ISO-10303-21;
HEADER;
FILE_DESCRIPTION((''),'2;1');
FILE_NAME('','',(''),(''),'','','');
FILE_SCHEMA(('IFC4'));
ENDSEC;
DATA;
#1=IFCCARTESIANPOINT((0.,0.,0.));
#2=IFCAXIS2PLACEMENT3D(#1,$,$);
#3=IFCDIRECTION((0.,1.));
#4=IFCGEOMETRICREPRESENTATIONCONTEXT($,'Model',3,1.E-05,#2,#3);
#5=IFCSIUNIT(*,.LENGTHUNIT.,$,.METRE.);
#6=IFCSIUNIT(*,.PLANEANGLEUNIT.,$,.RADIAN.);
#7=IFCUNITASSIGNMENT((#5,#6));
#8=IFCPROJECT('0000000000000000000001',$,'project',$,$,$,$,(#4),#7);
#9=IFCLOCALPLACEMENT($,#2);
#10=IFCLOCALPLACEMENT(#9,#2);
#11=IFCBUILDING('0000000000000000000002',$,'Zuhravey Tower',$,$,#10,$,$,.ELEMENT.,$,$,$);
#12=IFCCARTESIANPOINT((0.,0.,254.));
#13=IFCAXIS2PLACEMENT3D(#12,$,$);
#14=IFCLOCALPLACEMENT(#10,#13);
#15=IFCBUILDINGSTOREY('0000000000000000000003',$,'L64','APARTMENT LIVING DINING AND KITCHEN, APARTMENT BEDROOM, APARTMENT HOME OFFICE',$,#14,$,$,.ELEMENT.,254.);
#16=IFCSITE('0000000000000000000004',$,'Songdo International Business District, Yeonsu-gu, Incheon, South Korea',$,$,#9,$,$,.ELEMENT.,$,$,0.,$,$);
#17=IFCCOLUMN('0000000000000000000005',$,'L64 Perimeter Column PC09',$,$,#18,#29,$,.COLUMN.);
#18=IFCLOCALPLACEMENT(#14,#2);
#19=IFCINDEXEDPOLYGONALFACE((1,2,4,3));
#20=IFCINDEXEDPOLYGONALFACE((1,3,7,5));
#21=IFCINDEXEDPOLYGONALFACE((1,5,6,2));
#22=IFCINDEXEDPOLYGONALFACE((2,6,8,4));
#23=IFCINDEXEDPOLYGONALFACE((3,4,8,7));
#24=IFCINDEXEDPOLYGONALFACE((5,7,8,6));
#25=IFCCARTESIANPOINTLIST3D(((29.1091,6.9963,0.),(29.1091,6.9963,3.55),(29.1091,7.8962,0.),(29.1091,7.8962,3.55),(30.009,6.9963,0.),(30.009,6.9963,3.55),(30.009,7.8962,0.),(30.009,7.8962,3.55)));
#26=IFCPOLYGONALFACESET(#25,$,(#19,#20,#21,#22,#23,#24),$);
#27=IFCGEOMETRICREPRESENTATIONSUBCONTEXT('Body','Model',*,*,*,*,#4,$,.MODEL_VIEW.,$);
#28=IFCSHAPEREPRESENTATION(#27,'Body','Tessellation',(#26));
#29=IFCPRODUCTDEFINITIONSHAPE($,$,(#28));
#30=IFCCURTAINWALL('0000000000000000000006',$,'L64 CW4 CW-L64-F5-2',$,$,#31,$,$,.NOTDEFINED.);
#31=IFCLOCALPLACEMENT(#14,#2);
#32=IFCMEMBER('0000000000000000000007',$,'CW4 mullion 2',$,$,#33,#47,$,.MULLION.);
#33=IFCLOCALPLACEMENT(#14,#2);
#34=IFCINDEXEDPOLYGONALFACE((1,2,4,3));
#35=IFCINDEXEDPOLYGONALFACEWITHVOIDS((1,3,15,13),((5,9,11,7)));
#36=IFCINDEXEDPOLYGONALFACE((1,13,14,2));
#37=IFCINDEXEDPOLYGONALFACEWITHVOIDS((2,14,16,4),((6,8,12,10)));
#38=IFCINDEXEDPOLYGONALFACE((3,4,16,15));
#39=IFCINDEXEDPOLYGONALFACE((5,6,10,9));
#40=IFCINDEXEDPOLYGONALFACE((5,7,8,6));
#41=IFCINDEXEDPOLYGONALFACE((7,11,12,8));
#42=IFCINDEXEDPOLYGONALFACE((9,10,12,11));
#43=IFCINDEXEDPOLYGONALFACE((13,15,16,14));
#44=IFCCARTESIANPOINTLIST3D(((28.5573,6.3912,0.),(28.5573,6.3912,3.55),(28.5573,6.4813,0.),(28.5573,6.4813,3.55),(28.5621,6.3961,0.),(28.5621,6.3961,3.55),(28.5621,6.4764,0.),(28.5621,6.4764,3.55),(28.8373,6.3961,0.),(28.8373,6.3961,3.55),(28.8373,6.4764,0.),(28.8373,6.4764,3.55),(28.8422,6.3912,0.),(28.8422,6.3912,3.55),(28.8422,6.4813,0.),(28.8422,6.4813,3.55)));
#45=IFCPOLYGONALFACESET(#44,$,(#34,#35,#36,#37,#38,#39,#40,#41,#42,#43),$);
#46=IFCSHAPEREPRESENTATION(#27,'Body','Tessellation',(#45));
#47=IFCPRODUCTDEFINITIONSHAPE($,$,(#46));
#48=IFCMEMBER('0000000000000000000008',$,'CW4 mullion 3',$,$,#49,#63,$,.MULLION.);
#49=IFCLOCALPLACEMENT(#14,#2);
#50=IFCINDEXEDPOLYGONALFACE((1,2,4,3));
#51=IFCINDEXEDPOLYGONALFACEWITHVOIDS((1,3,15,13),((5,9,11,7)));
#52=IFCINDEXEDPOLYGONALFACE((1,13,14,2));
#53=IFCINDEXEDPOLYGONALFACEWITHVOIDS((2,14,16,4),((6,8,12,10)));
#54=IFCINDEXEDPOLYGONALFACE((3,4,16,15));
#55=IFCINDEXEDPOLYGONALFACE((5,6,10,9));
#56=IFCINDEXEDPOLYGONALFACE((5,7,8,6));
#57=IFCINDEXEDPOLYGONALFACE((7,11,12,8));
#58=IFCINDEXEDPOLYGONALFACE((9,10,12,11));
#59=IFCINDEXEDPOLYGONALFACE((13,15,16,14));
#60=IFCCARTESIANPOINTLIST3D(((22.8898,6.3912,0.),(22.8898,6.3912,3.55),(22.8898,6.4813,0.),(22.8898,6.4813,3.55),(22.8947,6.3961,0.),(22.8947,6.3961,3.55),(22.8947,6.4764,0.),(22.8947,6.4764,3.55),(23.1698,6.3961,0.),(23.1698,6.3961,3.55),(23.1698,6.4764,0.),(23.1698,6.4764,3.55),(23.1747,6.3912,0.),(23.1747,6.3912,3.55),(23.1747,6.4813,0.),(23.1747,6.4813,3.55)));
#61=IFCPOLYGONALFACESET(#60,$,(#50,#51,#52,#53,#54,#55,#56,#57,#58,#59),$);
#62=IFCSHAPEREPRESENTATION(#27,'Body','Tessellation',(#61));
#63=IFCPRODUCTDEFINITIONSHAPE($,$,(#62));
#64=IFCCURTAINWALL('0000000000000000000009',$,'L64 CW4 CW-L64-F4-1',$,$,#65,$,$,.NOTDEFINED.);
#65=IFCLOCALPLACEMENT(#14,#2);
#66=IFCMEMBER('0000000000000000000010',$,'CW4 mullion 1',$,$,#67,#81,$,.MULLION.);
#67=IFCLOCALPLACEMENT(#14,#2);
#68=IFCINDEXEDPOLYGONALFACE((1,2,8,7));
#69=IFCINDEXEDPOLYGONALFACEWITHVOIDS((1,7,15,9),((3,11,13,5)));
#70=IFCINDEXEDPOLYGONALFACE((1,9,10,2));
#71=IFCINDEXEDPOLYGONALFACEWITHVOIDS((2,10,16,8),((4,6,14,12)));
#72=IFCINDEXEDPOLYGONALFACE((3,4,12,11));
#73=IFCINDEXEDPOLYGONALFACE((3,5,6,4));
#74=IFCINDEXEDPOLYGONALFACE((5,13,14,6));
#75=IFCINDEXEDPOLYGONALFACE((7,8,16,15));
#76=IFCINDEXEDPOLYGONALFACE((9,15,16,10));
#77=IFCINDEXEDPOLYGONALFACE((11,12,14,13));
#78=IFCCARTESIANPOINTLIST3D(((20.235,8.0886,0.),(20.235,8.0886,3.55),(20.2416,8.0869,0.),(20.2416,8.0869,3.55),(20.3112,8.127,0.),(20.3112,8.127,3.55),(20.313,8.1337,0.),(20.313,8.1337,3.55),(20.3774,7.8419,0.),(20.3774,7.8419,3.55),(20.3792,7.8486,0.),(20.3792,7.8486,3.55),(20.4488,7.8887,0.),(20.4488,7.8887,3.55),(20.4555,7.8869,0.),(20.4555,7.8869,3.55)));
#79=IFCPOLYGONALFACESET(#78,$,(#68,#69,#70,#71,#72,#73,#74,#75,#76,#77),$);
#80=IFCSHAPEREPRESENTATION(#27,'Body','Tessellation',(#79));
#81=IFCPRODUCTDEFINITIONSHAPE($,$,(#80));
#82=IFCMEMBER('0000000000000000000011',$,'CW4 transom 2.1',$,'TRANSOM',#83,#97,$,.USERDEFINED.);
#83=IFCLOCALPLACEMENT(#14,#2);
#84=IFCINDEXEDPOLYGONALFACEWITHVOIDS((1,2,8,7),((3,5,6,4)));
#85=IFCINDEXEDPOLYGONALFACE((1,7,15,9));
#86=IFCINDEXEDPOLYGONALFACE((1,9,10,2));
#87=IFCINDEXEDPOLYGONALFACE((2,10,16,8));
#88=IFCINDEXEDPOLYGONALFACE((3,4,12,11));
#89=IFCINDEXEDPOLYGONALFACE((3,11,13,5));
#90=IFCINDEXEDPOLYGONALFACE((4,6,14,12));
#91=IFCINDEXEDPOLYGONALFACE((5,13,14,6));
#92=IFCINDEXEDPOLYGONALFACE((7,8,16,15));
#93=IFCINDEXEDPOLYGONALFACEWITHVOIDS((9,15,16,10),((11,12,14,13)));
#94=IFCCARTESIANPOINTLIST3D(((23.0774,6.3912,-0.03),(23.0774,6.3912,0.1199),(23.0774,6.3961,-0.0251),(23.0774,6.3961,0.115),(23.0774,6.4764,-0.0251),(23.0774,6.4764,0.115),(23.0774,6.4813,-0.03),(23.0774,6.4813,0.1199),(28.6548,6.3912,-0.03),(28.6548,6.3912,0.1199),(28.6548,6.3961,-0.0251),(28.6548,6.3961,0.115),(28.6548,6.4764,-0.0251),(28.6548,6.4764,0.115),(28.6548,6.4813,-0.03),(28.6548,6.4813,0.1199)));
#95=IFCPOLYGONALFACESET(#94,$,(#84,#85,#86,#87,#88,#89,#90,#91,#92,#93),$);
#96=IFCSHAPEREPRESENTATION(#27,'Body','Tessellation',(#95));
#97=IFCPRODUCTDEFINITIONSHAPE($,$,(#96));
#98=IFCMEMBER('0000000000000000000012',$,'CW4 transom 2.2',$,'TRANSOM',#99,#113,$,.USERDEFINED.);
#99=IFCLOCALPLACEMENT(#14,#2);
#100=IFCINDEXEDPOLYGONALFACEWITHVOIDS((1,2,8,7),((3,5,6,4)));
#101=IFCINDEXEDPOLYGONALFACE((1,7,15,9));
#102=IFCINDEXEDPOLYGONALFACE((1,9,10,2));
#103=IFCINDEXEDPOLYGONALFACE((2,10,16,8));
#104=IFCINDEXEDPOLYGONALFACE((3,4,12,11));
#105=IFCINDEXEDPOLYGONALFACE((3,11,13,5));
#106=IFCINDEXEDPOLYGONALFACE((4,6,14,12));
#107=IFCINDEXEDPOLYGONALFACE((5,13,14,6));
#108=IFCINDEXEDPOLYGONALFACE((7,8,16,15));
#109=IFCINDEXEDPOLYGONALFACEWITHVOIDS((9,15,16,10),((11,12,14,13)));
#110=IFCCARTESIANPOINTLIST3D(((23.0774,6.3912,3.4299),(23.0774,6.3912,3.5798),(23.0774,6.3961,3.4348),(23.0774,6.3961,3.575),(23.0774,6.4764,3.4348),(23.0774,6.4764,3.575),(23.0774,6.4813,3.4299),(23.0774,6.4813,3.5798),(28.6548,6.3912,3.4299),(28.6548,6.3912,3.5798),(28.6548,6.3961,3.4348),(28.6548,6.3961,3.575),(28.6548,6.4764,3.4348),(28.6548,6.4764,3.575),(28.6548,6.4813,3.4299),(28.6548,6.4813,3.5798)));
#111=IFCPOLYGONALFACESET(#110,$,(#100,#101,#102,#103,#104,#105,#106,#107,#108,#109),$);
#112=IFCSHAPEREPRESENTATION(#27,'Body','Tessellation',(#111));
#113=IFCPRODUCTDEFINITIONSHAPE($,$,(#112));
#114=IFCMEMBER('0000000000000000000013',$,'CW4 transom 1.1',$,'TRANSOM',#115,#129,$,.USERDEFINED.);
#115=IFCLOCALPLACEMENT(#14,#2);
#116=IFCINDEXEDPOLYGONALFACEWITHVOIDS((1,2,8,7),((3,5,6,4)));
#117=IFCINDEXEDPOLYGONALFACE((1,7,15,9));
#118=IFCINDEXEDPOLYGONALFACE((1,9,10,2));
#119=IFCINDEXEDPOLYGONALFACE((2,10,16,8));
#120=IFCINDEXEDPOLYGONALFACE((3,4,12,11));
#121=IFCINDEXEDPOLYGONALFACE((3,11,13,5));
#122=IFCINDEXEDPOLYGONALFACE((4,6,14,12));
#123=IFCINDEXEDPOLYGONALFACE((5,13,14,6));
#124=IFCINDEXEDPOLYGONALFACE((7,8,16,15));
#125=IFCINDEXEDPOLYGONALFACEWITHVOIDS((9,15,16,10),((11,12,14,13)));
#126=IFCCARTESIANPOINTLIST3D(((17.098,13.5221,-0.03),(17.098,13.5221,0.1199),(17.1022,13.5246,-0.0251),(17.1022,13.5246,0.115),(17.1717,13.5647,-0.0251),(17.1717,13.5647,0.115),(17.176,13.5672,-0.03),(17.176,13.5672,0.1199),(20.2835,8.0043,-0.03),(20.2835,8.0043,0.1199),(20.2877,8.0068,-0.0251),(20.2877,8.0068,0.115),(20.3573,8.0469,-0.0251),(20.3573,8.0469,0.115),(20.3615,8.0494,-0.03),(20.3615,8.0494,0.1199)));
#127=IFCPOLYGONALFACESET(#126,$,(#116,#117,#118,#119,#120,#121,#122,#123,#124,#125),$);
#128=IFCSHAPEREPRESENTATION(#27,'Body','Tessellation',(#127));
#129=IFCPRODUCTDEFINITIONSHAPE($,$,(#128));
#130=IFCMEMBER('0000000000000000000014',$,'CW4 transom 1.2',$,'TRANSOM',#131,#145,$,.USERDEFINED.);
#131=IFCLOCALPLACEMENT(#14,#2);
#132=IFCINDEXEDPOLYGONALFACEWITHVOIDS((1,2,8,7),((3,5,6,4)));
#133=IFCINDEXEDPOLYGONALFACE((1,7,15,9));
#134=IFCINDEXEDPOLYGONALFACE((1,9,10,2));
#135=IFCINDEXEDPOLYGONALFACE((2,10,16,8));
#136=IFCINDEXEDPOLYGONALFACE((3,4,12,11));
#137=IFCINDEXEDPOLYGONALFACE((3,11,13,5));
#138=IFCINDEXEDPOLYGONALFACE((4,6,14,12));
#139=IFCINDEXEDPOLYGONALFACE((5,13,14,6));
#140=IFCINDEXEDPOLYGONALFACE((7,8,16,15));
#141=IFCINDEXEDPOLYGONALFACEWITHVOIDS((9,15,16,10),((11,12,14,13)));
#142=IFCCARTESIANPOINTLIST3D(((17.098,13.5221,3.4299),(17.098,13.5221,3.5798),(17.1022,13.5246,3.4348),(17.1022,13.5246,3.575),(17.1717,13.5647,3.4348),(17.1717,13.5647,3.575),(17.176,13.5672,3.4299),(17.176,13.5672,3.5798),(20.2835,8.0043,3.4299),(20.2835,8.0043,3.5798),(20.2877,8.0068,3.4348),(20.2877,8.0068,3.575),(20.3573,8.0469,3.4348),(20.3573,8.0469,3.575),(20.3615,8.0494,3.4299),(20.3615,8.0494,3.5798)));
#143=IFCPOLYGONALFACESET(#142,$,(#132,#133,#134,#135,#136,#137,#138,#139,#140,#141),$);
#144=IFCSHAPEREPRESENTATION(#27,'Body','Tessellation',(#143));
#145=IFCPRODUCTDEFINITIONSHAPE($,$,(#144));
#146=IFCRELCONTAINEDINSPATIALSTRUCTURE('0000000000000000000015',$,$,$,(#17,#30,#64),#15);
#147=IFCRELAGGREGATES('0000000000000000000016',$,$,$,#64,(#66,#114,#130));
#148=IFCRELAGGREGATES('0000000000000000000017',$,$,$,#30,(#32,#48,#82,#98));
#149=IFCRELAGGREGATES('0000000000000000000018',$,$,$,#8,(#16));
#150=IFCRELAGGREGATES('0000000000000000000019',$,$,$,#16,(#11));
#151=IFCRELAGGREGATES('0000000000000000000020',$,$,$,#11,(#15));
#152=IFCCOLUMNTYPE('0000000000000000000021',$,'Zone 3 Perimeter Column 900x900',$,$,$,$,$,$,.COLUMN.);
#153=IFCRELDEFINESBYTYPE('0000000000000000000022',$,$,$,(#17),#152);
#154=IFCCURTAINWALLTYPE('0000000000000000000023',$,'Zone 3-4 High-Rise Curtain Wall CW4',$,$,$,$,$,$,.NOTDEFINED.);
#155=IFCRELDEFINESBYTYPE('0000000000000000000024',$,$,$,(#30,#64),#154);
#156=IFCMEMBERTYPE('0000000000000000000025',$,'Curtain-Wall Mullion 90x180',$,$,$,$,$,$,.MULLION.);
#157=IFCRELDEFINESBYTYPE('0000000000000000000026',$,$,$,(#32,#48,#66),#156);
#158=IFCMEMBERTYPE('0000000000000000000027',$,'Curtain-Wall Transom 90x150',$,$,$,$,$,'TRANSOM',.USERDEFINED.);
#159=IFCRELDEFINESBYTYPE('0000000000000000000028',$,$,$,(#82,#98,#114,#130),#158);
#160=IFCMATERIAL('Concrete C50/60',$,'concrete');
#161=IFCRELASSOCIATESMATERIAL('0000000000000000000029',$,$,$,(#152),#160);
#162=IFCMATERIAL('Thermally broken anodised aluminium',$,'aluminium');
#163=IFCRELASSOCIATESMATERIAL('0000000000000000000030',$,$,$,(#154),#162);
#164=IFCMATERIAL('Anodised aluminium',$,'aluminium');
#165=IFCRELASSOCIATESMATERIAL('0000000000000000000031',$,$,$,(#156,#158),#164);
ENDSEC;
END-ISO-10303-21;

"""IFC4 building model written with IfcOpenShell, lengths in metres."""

from ifc_helpers import new_model, si_unit, direction, frame, origin, origin_2d, place, context, subcontext, project, spatial, rectangle, hollow_rectangle, extrude, material, material_profile, profile_set, type_object, element, aggregate, save


model = new_model("IFC4")

# Units and contexts
model_context = context("Model", 3, precision=1e-05, world=origin(), true_north=direction((0.0, 1.0)))
body_context = subcontext(model_context, "Body", "Model", "MODEL_VIEW")
ifc_project = project(units=[si_unit("LENGTHUNIT", "METRE"), si_unit("PLANEANGLEUNIT", "RADIAN")], contexts=[model_context])

# Site, building, storey
site_placement = place(None, origin())
site = spatial("IfcSite", under=ifc_project, at=site_placement, Name="Songdo International Business District, Yeonsu-gu, Incheon, South Korea", CompositionType="ELEMENT", RefElevation=0.0)
building_placement = place(site_placement, origin())
building = spatial("IfcBuilding", under=site, at=building_placement, Name="Zuhravey Tower", CompositionType="ELEMENT")
storey_placement = place(building_placement, frame((0.0, 0.0, 254.0)))
storey = spatial("IfcBuildingStorey", under=building, at=storey_placement, Name="L64", Description="APARTMENT LIVING DINING AND KITCHEN, APARTMENT BEDROOM, APARTMENT HOME OFFICE", CompositionType="ELEMENT", Elevation=254.0)

# Column
ifc_material_1 = material(Name="Concrete C50/60", Category="concrete")
ifc_material_profile_1 = material_profile(ifc_material_1, rectangle(XDim=0.8999, YDim=0.8999, at=origin_2d()), Name="RC-900x900")
ifc_profile_set_1 = profile_set([ifc_material_profile_1], Name="Concrete C50/60")
column_type = type_object("IfcColumnType", Name="Zone 3 Perimeter Column 900x900", PredefinedType="COLUMN", material=ifc_profile_set_1)
column_placement = place(storey_placement, frame((29.5591, 7.4463, 0.0), z_axis=(0.0, 0.0, 1.0), x_axis=(1.0, 0.0, 0.0)))
element("IfcColumn", 1, at=column_placement, inside=storey, type_object=column_type, Name="L64 Perimeter Column PC09", PredefinedType="COLUMN", context=body_context, shape_type="SweptSolid", body=[
    extrude(rectangle(XDim=0.8999, YDim=0.8999, at=origin_2d()), origin(), (0.0, 0.0, 1.0), 3.55),
])

# Curtain wall, members
ifc_material_2 = material(Name="Thermally broken anodised aluminium", Category="aluminium")
curtain_wall_type = type_object("IfcCurtainWallType", Name="Zone 3-4 High-Rise Curtain Wall CW4", PredefinedType="NOTDEFINED", material=ifc_material_2)
curtain_wall_1_placement = place(storey_placement, origin())
curtain_wall_1 = element("IfcCurtainWall", 2, at=curtain_wall_1_placement, inside=storey, type_object=curtain_wall_type, Name="L64 CW4 CW-L64-F5-2", PredefinedType="NOTDEFINED")
ifc_material_3 = material(Name="Anodised aluminium", Category="aluminium")
ifc_material_profile_2 = material_profile(ifc_material_3, hollow_rectangle(XDim=0.0901, YDim=0.2849, WallThickness=0.0049, at=origin_2d()), Name="ALU-RHS-90x285x5")
ifc_profile_set_2 = profile_set([ifc_material_profile_2], Name="Anodised aluminium")
member_type_1 = type_object("IfcMemberType", Name="Curtain-Wall Mullion 90x180", PredefinedType="MULLION", material=ifc_profile_set_2)
member_1_placement = place(storey_placement, frame((28.6997, 6.4363, 0.0), z_axis=(0.0, 0.0, 1.0), x_axis=(0.0, -1.0, 0.0)))
member_1 = element("IfcMember", 3, at=member_1_placement, type_object=member_type_1, Name="CW4 mullion 2", PredefinedType="MULLION", context=body_context, shape_type="SweptSolid", body=[
    extrude(hollow_rectangle(XDim=0.0901, YDim=0.2849, WallThickness=0.0049, at=origin_2d()), origin(), (0.0, 0.0, 1.0), 3.55),
])
member_2_placement = place(storey_placement, frame((23.0322, 6.4363, 0.0), z_axis=(0.0, 0.0, 1.0), x_axis=(0.0, -1.0, 0.0)))
member_2 = element("IfcMember", 4, at=member_2_placement, type_object=member_type_1, Name="CW4 mullion 3", PredefinedType="MULLION", context=body_context, shape_type="SweptSolid", body=[
    extrude(hollow_rectangle(XDim=0.0901, YDim=0.2849, WallThickness=0.0049, at=origin_2d()), origin(), (0.0, 0.0, 1.0), 3.55),
])

# Curtain wall, member
curtain_wall_2_placement = place(storey_placement, origin())
curtain_wall_2 = element("IfcCurtainWall", 5, at=curtain_wall_2_placement, inside=storey, type_object=curtain_wall_type, Name="L64 CW4 CW-L64-F4-1", PredefinedType="NOTDEFINED")
member_3_placement = place(storey_placement, frame((20.3452, 7.9878, 0.0), z_axis=(0.0, 0.0, 1.0), x_axis=(-0.866025, -0.500001, 0.0)))
member_3 = element("IfcMember", 6, at=member_3_placement, type_object=member_type_1, Name="CW4 mullion 1", PredefinedType="MULLION", context=body_context, shape_type="SweptSolid", body=[
    extrude(hollow_rectangle(XDim=0.0901, YDim=0.2849, WallThickness=0.0049, at=origin_2d()), origin(), (0.0, 0.0, 1.0), 3.55),
])

# Members
ifc_material_profile_3 = material_profile(ifc_material_3, hollow_rectangle(XDim=0.0901, YDim=0.1499, WallThickness=0.0049, at=origin_2d()), Name="ALU-RHS-90x150x5")
ifc_profile_set_3 = profile_set([ifc_material_profile_3], Name="Anodised aluminium")
member_type_2 = type_object("IfcMemberType", Name="Curtain-Wall Transom 90x150", ElementType="TRANSOM", PredefinedType="USERDEFINED", material=ifc_profile_set_3)
member_4_placement = place(storey_placement, frame((28.6548, 6.4363, 0.0449), z_axis=(-1.0, 0.0, 0.0), x_axis=(0.0, -1.0, 0.0)))
member_4 = element("IfcMember", 7, at=member_4_placement, type_object=member_type_2, Name="CW4 transom 2.1", ObjectType="TRANSOM", PredefinedType="USERDEFINED", context=body_context, shape_type="SweptSolid", body=[
    extrude(hollow_rectangle(XDim=0.0901, YDim=0.1499, WallThickness=0.0049, at=origin_2d()), origin(), (0.0, 0.0, 1.0), 5.5774),
])
member_5_placement = place(storey_placement, frame((28.6548, 6.4363, 3.5049), z_axis=(-1.0, 0.0, 0.0), x_axis=(0.0, -1.0, 0.0)))
member_5 = element("IfcMember", 8, at=member_5_placement, type_object=member_type_2, Name="CW4 transom 2.2", ObjectType="TRANSOM", PredefinedType="USERDEFINED", context=body_context, shape_type="SweptSolid", body=[
    extrude(hollow_rectangle(XDim=0.0901, YDim=0.1499, WallThickness=0.0049, at=origin_2d()), origin(), (0.0, 0.0, 1.0), 5.5774),
])
member_6_placement = place(storey_placement, frame((20.3225, 8.0269, 0.0449), z_axis=(-0.49998, 0.866037, 0.0), x_axis=(-0.866037, -0.49998, 0.0)))
member_6 = element("IfcMember", 9, at=member_6_placement, type_object=member_type_2, Name="CW4 transom 1.1", ObjectType="TRANSOM", PredefinedType="USERDEFINED", context=body_context, shape_type="SweptSolid", body=[
    extrude(hollow_rectangle(XDim=0.0901, YDim=0.1499, WallThickness=0.0049, at=origin_2d()), origin(), (0.0, 0.0, 1.0), 6.3713),
])
member_7_placement = place(storey_placement, frame((20.3225, 8.0269, 3.5049), z_axis=(-0.49998, 0.866037, 0.0), x_axis=(-0.866037, -0.49998, 0.0)))
member_7 = element("IfcMember", 10, at=member_7_placement, type_object=member_type_2, Name="CW4 transom 1.2", ObjectType="TRANSOM", PredefinedType="USERDEFINED", context=body_context, shape_type="SweptSolid", body=[
    extrude(hollow_rectangle(XDim=0.0901, YDim=0.1499, WallThickness=0.0049, at=origin_2d()), origin(), (0.0, 0.0, 1.0), 6.3713),
])
aggregate(curtain_wall_2, [member_3, member_6, member_7])

aggregate(curtain_wall_1, [member_1, member_2, member_4, member_5])

save(model, "model.ifc")
